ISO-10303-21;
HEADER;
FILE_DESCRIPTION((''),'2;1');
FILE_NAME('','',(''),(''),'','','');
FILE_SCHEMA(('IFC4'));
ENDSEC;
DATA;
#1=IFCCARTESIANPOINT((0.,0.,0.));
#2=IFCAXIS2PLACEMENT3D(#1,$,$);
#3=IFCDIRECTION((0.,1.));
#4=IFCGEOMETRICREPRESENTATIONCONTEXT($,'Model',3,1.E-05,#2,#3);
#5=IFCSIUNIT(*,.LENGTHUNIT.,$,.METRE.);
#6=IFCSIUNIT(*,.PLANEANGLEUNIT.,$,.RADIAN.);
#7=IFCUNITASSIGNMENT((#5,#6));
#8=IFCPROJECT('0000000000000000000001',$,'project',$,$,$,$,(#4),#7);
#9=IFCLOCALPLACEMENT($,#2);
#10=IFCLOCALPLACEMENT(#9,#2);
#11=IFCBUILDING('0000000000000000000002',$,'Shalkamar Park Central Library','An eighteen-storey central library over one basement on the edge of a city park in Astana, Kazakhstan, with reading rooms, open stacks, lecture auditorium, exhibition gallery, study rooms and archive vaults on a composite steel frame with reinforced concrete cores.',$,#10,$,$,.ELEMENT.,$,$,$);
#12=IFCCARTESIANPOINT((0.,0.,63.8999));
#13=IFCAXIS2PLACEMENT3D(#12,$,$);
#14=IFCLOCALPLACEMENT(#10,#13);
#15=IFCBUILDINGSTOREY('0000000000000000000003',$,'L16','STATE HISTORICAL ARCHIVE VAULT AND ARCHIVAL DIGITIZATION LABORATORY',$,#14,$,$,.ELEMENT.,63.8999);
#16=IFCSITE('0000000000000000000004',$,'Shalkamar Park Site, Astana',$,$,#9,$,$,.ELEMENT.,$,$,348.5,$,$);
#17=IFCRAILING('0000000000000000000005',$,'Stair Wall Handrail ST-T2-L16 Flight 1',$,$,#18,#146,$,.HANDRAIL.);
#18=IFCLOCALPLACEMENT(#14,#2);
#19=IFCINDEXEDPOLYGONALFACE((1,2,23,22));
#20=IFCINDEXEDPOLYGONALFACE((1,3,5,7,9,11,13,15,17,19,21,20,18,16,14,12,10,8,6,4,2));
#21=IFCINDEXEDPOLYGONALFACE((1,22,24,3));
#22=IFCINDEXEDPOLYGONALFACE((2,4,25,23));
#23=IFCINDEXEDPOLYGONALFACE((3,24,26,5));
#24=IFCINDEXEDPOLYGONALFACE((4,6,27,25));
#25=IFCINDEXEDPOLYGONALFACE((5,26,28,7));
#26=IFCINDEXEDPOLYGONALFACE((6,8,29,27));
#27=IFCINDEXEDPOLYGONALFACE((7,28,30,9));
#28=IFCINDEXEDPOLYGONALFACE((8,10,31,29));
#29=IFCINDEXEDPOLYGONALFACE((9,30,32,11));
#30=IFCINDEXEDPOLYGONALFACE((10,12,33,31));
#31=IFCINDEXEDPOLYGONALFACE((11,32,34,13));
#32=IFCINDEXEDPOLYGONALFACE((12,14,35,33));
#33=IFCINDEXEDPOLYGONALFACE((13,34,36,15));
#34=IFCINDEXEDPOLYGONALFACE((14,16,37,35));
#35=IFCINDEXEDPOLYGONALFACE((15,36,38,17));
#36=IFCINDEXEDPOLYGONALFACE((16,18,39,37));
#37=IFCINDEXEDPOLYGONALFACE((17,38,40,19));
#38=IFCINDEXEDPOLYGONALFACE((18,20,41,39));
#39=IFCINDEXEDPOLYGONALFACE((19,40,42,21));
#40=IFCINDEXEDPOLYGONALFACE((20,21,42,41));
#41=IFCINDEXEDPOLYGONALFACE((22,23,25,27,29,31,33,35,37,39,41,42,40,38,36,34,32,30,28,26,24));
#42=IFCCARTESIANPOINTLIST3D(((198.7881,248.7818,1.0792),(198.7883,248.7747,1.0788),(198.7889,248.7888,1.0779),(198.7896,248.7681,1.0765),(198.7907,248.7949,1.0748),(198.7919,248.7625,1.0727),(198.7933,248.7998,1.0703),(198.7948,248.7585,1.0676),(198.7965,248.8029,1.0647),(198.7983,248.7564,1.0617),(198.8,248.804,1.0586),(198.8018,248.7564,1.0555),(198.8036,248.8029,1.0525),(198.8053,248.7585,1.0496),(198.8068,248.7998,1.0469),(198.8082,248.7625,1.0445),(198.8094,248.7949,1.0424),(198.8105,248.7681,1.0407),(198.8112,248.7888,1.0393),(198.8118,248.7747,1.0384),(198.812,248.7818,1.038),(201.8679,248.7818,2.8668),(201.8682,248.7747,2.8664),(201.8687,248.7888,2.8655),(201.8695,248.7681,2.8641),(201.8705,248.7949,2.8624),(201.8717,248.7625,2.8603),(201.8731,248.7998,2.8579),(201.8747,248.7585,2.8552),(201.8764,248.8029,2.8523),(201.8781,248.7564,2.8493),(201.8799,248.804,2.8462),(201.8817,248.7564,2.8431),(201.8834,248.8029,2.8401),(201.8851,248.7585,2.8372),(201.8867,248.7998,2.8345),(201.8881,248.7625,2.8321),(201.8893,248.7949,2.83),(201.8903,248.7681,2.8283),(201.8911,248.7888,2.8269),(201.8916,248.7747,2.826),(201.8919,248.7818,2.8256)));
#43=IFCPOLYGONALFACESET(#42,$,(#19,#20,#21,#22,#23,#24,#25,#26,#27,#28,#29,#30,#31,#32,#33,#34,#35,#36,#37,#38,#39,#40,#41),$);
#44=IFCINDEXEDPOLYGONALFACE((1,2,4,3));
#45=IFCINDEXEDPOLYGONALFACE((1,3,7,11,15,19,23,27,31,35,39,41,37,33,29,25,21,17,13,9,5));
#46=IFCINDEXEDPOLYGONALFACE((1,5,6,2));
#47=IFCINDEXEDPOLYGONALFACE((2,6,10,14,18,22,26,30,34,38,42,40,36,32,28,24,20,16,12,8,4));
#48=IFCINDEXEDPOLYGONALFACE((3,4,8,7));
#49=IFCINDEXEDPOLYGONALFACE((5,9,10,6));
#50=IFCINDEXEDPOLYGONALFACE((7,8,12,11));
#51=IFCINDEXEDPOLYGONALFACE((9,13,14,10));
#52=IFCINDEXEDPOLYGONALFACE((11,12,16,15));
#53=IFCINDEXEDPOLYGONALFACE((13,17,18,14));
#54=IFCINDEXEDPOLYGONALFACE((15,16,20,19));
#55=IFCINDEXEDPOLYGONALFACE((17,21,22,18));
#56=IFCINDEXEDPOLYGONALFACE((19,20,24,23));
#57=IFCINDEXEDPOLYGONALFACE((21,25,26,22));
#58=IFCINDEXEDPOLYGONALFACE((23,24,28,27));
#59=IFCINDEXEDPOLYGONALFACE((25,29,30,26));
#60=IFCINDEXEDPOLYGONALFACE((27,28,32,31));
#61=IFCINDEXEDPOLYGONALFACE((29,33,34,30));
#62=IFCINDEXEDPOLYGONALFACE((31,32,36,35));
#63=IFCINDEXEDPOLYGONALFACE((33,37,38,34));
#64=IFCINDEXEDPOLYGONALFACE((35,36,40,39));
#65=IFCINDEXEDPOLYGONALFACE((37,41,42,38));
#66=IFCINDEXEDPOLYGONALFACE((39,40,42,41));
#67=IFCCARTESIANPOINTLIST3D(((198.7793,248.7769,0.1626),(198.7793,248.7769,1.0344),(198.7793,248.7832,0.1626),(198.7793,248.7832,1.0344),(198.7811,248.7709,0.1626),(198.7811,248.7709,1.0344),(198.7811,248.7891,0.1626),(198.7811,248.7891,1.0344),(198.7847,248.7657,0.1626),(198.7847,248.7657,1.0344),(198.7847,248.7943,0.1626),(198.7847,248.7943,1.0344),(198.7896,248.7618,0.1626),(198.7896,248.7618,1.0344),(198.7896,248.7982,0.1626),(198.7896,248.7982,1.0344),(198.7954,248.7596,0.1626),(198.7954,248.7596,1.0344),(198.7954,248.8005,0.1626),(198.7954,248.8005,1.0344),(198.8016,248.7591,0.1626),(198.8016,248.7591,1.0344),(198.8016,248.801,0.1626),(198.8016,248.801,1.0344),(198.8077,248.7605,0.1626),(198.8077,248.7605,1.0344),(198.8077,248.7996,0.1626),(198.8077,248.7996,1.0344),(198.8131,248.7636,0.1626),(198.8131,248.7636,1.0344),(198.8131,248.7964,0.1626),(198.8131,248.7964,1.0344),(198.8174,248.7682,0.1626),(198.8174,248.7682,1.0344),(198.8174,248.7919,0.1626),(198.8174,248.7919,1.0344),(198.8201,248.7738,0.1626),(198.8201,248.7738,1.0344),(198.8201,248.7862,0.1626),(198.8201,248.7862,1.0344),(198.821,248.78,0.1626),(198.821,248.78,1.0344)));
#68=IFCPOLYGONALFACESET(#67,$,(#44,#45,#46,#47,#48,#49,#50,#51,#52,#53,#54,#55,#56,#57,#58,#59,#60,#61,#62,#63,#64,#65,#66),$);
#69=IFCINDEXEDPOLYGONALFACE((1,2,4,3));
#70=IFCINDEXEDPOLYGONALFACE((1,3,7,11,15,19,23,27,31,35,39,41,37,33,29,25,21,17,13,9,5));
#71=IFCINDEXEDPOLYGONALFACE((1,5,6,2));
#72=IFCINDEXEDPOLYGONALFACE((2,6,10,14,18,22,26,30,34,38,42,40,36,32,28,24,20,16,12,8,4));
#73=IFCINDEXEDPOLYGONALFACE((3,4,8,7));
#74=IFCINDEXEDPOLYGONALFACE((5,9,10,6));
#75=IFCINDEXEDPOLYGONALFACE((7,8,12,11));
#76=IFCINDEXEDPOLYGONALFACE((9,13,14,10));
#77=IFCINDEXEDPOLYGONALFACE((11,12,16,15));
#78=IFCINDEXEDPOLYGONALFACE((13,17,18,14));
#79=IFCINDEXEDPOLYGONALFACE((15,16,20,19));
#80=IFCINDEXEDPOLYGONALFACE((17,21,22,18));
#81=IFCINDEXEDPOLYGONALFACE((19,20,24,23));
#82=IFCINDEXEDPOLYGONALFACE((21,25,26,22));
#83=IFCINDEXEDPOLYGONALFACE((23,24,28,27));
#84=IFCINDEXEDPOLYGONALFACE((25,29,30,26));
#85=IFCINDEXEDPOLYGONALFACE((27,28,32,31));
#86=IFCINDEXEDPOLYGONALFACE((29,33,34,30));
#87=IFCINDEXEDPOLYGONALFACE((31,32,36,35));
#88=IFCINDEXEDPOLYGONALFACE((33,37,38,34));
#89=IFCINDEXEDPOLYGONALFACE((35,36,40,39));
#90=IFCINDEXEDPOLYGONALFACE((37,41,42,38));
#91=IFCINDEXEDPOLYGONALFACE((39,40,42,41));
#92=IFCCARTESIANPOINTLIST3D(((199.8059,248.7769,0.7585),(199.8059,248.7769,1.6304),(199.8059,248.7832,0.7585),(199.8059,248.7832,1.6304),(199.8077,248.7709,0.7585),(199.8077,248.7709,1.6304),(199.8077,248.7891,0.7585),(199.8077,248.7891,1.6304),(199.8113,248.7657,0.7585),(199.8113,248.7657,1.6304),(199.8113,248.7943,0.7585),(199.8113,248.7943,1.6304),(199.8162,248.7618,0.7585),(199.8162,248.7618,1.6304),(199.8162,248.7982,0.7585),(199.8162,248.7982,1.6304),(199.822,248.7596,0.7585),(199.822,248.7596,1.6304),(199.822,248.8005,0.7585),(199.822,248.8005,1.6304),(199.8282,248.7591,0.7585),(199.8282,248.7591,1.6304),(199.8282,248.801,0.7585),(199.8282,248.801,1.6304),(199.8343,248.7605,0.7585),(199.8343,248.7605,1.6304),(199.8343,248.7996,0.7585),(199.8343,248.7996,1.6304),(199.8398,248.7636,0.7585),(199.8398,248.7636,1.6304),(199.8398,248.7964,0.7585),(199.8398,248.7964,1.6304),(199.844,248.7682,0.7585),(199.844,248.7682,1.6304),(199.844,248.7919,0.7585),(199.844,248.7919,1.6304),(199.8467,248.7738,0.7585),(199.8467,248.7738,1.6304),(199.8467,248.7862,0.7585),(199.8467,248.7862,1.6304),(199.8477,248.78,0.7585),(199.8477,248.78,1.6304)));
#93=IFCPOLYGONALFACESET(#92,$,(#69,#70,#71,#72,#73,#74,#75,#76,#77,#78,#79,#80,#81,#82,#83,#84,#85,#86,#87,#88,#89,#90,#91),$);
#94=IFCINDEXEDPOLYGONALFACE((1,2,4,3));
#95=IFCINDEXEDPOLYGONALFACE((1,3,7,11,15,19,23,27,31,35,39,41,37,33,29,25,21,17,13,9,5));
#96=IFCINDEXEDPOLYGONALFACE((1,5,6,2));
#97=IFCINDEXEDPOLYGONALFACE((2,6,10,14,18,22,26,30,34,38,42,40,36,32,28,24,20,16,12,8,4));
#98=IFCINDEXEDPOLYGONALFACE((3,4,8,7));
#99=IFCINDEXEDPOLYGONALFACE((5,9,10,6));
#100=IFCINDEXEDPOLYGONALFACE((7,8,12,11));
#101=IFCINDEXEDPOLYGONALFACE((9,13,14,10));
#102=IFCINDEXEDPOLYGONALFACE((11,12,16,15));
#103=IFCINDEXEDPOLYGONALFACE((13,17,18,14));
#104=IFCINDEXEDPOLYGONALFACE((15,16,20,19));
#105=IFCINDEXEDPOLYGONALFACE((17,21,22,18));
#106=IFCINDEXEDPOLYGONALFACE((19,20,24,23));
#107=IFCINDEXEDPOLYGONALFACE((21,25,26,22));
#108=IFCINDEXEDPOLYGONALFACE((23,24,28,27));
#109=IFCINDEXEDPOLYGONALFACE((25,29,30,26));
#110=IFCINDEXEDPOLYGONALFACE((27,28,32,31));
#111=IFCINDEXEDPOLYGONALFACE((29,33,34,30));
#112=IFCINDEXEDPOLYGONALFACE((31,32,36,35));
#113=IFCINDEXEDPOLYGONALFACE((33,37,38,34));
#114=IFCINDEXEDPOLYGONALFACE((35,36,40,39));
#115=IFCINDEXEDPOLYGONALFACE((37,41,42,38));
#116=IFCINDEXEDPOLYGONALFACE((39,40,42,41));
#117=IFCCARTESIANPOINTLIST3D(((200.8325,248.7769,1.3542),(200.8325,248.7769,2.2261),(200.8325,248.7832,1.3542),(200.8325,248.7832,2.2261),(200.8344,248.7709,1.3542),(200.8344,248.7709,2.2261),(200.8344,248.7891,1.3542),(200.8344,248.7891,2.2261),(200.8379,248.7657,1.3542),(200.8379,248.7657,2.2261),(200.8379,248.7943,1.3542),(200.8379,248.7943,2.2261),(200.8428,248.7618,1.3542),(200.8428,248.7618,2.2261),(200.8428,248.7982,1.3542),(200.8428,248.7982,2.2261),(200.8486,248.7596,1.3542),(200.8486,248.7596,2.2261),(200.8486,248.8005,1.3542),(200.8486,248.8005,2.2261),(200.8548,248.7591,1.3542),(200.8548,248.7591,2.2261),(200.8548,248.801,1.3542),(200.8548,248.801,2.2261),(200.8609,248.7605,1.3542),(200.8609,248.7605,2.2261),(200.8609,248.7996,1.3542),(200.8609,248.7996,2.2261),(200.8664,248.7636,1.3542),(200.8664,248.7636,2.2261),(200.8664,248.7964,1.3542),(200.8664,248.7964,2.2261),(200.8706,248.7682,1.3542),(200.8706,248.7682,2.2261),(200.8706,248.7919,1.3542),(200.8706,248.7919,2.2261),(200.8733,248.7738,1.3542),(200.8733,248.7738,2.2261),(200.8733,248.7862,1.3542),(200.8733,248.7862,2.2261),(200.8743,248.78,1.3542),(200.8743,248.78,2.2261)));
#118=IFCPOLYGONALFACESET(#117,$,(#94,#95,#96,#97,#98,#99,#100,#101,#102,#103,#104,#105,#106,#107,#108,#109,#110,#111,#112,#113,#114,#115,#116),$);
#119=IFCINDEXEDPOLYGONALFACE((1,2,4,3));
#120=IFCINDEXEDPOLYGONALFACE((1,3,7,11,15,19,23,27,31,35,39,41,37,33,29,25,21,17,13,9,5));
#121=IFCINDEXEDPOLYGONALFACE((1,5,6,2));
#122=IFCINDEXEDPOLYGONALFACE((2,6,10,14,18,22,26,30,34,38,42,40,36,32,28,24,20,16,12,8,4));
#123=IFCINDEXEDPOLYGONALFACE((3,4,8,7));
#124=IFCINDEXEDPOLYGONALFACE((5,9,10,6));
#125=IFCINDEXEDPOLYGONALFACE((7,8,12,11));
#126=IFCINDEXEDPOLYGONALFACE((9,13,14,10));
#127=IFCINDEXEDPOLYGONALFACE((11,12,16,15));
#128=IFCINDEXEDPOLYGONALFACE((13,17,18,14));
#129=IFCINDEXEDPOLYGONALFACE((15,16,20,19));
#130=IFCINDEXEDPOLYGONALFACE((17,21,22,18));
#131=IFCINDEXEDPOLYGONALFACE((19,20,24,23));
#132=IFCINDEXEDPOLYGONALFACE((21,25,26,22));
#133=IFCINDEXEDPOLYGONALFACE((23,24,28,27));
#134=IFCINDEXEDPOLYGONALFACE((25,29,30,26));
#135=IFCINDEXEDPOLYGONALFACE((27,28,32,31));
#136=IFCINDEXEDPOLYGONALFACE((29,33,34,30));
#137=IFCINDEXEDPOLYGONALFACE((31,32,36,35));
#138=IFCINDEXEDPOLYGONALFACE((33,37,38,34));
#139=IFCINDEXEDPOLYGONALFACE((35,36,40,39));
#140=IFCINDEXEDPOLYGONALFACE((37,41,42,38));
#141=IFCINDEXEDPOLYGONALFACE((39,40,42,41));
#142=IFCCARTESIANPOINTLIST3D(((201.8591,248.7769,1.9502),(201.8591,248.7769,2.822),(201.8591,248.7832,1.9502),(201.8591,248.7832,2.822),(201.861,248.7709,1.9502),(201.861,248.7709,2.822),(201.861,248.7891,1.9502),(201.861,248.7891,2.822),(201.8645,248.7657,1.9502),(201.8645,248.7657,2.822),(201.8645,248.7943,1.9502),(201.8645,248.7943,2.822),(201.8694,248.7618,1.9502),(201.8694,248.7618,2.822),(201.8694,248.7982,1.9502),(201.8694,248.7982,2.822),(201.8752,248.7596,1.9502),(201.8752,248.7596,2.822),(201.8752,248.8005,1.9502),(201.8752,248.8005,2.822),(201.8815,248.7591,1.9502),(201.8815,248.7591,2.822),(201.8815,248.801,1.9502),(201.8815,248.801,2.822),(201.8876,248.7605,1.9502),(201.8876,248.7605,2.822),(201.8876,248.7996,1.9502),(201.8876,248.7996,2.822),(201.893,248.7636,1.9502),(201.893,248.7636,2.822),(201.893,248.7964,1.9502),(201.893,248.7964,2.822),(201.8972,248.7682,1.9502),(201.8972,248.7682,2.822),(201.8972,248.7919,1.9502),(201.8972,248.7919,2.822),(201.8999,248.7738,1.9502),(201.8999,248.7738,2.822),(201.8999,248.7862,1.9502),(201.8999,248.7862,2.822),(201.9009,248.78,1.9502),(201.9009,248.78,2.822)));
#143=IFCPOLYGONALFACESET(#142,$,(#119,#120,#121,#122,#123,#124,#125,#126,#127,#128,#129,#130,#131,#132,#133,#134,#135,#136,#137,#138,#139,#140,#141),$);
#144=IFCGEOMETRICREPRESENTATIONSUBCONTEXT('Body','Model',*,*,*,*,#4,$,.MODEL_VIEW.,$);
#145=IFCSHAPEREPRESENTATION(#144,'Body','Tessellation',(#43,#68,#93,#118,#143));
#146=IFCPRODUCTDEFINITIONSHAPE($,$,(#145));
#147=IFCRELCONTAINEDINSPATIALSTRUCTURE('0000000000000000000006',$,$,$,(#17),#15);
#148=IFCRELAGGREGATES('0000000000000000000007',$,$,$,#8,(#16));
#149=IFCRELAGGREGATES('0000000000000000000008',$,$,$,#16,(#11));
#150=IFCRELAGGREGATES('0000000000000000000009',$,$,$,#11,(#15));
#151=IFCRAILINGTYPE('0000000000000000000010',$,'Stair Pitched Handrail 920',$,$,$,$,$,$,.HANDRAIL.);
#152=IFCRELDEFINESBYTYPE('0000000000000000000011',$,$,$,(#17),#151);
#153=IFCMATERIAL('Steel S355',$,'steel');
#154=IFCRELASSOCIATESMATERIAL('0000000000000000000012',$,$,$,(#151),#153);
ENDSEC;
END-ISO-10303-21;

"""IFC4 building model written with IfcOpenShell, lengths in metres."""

from ifc_helpers import new_model, si_unit, direction, frame, origin, origin_2d, place, context, subcontext, project, spatial, circle, extrude, material, type_object, element, save


model = new_model("IFC4")

# Units and contexts
model_context = context("Model", 3, precision=1e-05, world=origin(), true_north=direction((0.0, 1.0)))
body_context = subcontext(model_context, "Body", "Model", "MODEL_VIEW")
ifc_project = project(units=[si_unit("LENGTHUNIT", "METRE"), si_unit("PLANEANGLEUNIT", "RADIAN")], contexts=[model_context])

# Site, building, storey
site_placement = place(None, origin())
site = spatial("IfcSite", under=ifc_project, at=site_placement, Name="Shalkamar Park Site, Astana", CompositionType="ELEMENT", RefElevation=348.5)
building_placement = place(site_placement, origin())
building = spatial("IfcBuilding", under=site, at=building_placement, Name="Shalkamar Park Central Library", Description="An eighteen-storey central library over one basement on the edge of a city park in Astana, Kazakhstan, with reading rooms, open stacks, lecture auditorium, exhibition gallery, study rooms and archive vaults on a composite steel frame with reinforced concrete cores.", CompositionType="ELEMENT")
storey_placement = place(building_placement, frame((0.0, 0.0, 63.8999)))
storey = spatial("IfcBuildingStorey", under=building, at=storey_placement, Name="L16", Description="STATE HISTORICAL ARCHIVE VAULT AND ARCHIVAL DIGITIZATION LABORATORY", CompositionType="ELEMENT", Elevation=63.8999)

# Shared definitions
ifc_material_1 = material(Name="Steel S355", Category="steel")

# Railing
railing_type_1 = type_object("IfcRailingType", Name="Stair Pitched Handrail 920", PredefinedType="HANDRAIL", material=ifc_material_1)
railing_1_placement = place(storey_placement, frame((198.8, 248.78, 0.1626)))
element("IfcRailing", 1, at=railing_1_placement, inside=storey, type_object=railing_type_1, Name="Stair Wall Handrail ST-T2-L16 Flight 1", PredefinedType="HANDRAIL", context=body_context, shape_type="SweptSolid", body=[
    extrude(circle(Radius=0.0239, at=origin_2d()), frame((0.0, 0.0, 0.896), z_axis=(0.864873, 0.0, 0.50199), x_axis=(0.0, 1.0, 0.0)), (0.0, 0.0, 1.0), 3.561),
    extrude(circle(Radius=0.021, at=origin_2d()), origin(), (0.0, 0.0, 1.0), 0.8718),
    extrude(circle(Radius=0.021, at=origin_2d()), frame((1.0266, 0.0, 0.5959)), (0.0, 0.0, 1.0), 0.8718),
    extrude(circle(Radius=0.021, at=origin_2d()), frame((2.0532, 0.0, 1.1917)), (0.0, 0.0, 1.0), 0.8718),
    extrude(circle(Radius=0.021, at=origin_2d()), frame((3.0798, 0.0, 1.7876)), (0.0, 0.0, 1.0), 0.8718),
])

save(model, "model.ifc")
